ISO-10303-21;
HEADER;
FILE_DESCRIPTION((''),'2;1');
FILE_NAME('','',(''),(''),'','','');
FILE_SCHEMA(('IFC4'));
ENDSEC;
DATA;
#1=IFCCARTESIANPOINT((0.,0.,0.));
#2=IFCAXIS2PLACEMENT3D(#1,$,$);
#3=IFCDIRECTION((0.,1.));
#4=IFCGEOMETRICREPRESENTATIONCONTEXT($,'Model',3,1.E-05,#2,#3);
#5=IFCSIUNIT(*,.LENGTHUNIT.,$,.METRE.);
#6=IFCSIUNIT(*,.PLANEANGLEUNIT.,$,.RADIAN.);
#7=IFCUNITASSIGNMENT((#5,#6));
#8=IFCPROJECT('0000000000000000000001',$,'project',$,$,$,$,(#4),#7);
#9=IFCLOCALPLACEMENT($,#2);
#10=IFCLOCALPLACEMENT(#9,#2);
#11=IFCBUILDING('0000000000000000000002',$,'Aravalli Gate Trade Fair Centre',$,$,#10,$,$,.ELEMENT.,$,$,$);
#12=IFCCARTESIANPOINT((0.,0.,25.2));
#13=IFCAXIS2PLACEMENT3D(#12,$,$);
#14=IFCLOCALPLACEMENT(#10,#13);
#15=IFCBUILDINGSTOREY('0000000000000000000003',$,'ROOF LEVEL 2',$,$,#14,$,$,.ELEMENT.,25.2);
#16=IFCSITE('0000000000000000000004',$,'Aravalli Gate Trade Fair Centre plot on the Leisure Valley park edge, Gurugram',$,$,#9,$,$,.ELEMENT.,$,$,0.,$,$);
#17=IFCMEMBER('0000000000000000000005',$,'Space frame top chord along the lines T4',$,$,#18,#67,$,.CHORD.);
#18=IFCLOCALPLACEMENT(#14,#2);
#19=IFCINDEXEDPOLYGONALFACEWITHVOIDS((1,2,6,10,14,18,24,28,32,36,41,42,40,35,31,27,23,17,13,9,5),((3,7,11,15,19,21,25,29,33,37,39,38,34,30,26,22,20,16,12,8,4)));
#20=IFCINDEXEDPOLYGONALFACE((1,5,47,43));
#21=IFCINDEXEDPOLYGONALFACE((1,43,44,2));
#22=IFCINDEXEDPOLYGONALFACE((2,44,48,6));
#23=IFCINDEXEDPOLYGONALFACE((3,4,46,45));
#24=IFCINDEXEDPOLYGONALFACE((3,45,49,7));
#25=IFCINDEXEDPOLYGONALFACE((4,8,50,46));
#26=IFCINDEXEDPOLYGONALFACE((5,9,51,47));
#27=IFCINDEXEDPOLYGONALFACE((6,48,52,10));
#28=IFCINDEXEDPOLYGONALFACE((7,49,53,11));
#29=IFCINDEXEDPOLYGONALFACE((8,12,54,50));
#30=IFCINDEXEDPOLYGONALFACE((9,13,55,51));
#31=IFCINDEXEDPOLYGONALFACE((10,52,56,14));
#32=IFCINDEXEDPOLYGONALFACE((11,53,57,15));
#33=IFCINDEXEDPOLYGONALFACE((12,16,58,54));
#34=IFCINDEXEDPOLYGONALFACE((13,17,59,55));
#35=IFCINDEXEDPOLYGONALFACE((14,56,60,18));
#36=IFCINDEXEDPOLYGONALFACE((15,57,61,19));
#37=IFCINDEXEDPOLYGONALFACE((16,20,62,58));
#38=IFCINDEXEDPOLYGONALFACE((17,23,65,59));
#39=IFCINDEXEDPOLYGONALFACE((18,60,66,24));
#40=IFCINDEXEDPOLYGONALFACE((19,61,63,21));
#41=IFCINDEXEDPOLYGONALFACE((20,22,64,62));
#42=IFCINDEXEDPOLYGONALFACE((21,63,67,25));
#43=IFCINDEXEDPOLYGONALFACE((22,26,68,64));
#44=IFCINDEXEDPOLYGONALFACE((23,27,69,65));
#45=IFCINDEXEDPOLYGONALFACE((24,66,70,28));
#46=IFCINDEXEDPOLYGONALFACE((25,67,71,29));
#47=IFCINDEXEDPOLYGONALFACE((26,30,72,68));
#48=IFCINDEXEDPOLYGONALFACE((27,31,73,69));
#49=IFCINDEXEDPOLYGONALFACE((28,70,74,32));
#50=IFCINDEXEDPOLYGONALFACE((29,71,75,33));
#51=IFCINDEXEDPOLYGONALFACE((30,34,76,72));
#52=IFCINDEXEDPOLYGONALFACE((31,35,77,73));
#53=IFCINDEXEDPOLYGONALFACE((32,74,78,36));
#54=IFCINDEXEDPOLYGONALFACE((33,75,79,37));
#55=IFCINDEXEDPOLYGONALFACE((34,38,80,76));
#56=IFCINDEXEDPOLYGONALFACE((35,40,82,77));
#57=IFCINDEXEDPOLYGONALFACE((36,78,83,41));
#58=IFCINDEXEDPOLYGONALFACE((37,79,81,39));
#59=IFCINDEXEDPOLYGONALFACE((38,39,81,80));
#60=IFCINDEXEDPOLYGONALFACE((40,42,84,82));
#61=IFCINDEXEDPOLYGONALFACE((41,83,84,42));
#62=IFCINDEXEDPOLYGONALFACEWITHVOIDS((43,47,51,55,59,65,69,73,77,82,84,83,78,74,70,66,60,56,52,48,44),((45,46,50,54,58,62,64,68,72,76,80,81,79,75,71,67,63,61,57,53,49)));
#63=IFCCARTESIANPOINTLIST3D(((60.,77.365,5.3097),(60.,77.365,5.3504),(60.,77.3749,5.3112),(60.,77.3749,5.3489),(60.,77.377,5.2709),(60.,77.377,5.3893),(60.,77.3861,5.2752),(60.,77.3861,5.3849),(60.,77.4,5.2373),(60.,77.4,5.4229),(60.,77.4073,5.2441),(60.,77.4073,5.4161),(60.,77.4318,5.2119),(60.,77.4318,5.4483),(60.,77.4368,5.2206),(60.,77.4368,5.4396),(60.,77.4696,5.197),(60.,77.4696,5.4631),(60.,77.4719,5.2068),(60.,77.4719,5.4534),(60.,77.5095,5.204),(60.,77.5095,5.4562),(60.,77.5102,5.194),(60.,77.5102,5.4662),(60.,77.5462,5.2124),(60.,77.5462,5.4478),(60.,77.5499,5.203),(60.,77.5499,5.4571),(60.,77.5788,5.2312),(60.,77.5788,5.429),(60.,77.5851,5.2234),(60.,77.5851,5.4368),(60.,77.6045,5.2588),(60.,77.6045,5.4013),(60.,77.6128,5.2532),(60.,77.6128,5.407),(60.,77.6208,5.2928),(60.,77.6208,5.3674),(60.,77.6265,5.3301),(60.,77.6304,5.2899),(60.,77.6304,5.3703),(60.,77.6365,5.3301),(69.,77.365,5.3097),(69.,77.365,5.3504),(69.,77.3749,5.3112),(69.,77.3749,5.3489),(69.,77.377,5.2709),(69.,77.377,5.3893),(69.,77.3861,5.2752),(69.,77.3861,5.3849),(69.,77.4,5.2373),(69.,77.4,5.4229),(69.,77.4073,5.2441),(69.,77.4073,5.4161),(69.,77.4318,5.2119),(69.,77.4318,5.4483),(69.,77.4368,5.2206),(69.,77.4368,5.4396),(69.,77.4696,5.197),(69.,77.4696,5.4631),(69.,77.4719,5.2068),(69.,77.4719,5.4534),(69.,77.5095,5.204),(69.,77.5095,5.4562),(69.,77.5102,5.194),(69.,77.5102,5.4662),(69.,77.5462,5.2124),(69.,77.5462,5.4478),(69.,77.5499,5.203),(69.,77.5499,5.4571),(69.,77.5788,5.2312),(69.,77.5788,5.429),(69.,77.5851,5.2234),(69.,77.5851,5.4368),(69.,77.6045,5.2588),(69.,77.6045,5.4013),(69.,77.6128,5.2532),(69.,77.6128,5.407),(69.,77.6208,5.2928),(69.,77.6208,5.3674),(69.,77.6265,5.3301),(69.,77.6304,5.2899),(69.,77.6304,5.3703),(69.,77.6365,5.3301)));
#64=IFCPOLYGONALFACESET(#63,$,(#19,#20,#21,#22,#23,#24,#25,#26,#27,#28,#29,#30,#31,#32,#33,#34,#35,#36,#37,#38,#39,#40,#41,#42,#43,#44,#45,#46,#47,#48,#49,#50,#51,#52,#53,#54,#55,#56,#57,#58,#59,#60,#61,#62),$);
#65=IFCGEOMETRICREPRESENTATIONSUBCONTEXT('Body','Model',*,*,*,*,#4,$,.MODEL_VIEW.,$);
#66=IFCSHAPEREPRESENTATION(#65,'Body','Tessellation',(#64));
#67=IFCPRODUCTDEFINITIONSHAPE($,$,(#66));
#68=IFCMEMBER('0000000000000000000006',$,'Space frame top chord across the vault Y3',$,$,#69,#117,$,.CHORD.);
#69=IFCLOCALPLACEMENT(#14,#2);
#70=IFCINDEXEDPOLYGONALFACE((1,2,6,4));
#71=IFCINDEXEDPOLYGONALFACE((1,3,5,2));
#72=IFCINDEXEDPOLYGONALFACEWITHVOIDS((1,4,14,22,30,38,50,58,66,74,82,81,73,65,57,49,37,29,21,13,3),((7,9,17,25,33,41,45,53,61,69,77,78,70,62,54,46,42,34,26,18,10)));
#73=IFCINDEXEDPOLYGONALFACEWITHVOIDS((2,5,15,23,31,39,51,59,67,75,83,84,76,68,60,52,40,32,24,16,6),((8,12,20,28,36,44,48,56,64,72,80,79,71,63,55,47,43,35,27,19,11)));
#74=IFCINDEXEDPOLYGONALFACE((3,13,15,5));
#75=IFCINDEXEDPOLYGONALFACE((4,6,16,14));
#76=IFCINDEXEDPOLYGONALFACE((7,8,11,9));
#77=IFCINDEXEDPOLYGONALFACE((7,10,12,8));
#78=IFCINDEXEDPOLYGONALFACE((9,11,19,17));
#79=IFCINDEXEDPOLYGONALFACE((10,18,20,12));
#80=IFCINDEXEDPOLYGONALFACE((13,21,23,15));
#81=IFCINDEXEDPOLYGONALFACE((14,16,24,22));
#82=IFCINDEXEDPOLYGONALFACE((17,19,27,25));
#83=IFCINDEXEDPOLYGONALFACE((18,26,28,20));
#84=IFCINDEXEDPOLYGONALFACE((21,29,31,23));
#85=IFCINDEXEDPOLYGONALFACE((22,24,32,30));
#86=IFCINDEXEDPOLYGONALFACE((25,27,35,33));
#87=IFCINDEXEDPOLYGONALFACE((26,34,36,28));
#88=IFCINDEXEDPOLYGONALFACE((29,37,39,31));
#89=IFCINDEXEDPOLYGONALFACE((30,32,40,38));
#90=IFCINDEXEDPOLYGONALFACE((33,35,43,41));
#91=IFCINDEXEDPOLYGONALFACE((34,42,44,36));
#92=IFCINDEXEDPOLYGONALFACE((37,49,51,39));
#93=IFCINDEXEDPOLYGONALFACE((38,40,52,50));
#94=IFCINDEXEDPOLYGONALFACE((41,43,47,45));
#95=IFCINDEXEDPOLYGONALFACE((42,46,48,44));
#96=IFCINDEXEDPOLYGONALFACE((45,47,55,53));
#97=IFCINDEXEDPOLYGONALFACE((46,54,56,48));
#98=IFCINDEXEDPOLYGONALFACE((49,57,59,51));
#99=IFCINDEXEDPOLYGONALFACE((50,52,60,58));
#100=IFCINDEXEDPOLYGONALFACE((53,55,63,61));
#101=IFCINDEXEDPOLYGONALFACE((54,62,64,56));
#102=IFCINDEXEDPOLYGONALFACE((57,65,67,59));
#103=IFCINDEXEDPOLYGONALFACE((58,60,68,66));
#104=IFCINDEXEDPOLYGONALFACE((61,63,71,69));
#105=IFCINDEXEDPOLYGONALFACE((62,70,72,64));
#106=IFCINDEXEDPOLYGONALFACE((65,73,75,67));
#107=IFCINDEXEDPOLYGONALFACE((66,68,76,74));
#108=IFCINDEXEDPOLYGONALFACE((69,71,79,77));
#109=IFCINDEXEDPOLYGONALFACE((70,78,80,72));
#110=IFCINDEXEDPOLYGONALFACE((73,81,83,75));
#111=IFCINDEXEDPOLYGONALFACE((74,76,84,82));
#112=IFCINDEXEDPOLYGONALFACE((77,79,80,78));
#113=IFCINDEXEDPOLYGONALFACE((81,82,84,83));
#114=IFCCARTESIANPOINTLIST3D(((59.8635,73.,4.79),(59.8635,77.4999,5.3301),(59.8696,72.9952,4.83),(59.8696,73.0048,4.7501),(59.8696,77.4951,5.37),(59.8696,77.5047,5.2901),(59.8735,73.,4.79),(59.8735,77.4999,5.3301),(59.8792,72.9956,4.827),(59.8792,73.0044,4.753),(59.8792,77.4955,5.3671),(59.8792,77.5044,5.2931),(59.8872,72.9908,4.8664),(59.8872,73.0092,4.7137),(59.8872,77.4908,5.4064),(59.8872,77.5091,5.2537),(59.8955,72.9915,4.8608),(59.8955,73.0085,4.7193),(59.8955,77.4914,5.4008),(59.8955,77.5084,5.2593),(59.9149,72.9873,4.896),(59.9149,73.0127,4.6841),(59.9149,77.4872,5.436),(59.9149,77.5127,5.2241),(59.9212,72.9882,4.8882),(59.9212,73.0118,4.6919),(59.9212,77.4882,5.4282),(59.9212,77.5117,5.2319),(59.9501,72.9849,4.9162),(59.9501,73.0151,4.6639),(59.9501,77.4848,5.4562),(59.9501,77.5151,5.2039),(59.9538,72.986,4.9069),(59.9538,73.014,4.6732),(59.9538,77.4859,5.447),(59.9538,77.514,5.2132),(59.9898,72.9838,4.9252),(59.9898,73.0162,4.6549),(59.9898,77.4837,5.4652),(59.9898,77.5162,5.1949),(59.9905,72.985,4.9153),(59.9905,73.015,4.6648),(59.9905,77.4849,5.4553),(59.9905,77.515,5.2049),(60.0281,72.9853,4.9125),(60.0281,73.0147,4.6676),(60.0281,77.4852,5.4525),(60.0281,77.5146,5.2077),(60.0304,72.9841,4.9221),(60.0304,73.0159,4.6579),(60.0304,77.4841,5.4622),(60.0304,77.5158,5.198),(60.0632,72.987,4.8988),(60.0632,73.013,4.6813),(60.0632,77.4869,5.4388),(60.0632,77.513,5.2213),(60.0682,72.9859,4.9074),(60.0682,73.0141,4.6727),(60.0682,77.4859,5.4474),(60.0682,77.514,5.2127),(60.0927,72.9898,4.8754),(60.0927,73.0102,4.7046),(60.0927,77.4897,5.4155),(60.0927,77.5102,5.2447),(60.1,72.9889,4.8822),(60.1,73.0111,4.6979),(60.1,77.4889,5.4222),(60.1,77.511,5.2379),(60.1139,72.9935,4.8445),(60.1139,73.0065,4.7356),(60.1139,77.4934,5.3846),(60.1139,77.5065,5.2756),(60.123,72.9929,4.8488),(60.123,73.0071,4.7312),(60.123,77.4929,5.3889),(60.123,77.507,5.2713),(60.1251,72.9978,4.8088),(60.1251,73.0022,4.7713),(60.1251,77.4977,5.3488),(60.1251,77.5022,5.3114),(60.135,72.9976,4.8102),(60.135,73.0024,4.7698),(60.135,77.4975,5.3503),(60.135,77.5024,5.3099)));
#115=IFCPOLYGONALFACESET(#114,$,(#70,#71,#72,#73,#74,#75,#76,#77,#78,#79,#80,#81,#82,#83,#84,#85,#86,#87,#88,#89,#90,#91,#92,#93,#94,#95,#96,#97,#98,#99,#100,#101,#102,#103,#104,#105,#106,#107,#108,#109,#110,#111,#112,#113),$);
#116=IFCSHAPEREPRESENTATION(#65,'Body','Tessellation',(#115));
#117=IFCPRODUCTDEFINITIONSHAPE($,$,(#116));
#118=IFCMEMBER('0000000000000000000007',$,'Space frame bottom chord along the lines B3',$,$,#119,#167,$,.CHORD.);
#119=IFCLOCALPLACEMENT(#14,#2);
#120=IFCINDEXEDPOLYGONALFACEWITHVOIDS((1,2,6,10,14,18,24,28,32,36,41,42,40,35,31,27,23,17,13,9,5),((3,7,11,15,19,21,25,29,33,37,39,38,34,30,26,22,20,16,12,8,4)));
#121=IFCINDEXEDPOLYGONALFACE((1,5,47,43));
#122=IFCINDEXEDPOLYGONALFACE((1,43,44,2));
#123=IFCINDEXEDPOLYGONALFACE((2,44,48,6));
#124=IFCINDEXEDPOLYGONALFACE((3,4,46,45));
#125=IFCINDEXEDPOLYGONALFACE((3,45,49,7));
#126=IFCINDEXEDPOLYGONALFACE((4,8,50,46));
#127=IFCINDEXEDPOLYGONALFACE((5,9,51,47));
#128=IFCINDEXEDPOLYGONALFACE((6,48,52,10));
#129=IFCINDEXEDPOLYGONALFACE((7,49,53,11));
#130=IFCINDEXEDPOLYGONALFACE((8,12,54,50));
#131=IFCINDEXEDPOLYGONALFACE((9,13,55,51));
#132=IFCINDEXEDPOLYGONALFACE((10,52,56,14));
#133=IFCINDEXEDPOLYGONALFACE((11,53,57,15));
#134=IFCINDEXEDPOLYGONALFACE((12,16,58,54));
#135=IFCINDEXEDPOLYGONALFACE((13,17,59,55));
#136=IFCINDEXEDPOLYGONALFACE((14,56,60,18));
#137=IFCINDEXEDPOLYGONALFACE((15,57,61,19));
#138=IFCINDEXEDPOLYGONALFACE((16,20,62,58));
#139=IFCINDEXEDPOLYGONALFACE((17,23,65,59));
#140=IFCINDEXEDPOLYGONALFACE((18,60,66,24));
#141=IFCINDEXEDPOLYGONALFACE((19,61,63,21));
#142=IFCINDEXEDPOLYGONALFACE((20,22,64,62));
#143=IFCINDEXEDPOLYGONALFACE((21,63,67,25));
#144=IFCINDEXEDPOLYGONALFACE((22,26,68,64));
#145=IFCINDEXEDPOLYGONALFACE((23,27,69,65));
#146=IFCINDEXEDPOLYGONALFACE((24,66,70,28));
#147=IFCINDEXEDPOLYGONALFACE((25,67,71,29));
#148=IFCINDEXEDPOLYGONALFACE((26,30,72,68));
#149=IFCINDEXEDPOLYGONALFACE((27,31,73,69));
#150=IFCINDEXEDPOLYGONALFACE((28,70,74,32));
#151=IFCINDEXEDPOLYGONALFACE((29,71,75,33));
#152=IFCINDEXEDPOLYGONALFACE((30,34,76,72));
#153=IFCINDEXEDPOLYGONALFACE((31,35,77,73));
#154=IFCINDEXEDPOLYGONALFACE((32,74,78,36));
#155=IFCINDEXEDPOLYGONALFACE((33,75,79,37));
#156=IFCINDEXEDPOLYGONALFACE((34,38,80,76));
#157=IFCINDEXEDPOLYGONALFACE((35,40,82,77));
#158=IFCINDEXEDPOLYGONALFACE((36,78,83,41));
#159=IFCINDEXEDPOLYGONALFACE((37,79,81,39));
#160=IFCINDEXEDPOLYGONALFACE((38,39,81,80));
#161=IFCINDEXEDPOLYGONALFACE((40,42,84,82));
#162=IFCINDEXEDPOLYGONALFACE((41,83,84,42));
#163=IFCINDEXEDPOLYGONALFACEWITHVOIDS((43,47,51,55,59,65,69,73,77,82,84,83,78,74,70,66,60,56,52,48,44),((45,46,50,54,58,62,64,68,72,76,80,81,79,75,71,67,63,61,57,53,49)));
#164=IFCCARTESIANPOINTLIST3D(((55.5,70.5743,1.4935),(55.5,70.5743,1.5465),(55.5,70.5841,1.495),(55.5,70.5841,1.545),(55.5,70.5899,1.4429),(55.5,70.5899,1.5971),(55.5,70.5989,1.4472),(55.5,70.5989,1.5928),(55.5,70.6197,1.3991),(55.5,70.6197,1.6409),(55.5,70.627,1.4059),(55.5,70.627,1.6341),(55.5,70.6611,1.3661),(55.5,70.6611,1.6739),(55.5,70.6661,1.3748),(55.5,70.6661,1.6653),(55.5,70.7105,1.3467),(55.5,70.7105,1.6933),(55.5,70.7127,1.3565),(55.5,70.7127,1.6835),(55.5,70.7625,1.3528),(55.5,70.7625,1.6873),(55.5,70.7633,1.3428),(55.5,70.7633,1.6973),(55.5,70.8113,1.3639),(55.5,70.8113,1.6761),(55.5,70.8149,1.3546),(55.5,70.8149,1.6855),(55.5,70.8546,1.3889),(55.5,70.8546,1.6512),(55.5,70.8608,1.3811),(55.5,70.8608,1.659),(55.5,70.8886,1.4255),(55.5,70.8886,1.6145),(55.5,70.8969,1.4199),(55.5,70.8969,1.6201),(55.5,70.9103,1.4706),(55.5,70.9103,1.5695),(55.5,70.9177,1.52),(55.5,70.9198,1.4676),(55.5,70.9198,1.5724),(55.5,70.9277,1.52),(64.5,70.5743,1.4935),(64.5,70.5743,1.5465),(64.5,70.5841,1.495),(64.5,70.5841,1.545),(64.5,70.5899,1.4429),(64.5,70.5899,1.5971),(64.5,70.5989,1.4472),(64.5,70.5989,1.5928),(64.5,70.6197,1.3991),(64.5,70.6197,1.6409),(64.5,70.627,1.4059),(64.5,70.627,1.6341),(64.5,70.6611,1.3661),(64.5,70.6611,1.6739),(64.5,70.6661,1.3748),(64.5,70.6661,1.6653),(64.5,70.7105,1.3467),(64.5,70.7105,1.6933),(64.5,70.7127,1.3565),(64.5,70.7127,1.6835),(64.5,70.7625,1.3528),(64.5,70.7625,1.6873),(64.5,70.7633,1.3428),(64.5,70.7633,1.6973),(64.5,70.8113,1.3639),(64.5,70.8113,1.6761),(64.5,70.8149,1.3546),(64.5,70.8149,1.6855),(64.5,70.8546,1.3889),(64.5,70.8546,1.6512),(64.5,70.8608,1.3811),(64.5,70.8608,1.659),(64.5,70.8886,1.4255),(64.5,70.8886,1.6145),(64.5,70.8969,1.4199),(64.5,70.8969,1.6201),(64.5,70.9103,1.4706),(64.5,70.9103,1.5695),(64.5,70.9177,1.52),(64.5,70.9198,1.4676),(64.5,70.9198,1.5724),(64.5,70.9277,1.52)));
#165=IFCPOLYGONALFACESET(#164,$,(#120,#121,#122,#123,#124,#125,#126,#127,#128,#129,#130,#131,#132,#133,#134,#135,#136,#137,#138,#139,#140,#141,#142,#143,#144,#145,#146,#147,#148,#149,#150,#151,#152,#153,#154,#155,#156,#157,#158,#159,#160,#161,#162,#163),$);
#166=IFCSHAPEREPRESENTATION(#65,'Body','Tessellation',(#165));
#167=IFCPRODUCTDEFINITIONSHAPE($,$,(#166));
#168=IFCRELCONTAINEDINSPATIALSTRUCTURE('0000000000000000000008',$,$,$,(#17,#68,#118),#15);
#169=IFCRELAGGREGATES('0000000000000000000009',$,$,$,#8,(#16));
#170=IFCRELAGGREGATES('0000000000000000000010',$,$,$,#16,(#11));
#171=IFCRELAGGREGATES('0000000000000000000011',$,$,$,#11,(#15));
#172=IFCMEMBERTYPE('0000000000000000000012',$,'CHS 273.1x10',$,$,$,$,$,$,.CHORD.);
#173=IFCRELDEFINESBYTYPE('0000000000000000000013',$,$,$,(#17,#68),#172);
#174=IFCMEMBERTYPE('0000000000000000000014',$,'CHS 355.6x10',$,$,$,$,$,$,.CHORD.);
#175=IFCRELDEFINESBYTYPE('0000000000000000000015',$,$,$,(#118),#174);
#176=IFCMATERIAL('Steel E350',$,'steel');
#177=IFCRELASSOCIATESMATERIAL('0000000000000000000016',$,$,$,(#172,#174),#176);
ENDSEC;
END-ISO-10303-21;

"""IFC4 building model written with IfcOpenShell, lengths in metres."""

from ifc_helpers import new_model, si_unit, direction, frame, origin, origin_2d, place, context, subcontext, project, spatial, hollow_circle, extrude, material, material_profile, profile_set, type_object, element, save


model = new_model("IFC4")

# Units and contexts
model_context = context("Model", 3, precision=1e-05, world=origin(), true_north=direction((0.0, 1.0)))
body_context = subcontext(model_context, "Body", "Model", "MODEL_VIEW")
ifc_project = project(units=[si_unit("LENGTHUNIT", "METRE"), si_unit("PLANEANGLEUNIT", "RADIAN")], contexts=[model_context])

# Site, building, storey
site_placement = place(None, origin())
site = spatial("IfcSite", under=ifc_project, at=site_placement, Name="Aravalli Gate Trade Fair Centre plot on the Leisure Valley park edge, Gurugram", CompositionType="ELEMENT", RefElevation=0.0)
building_placement = place(site_placement, origin())
building = spatial("IfcBuilding", under=site, at=building_placement, Name="Aravalli Gate Trade Fair Centre", CompositionType="ELEMENT")
storey_placement = place(building_placement, frame((0.0, 0.0, 25.2)))
storey = spatial("IfcBuildingStorey", under=building, at=storey_placement, Name="ROOF LEVEL 2", CompositionType="ELEMENT", Elevation=25.2)

# Members
ifc_material_1 = material(Name="Steel E350", Category="steel")
ifc_material_profile_1 = material_profile(ifc_material_1, hollow_circle(Radius=0.1365, WallThickness=0.01, at=origin_2d()), Name="CHS 273.1x10")
ifc_profile_set_1 = profile_set([ifc_material_profile_1], Name="Steel E350")
member_type_1 = type_object("IfcMemberType", Name="CHS 273.1x10", PredefinedType="CHORD", material=ifc_profile_set_1)
for number, where, z_axis, x_axis, name in (
    (1, (60.0, 77.5, 5.3301), (1.0, 0.0, 0.0), (0.0, 1.0, 0.0), "Space frame top chord along the lines T4"),
):
    element("IfcMember", number, at=place(storey_placement, frame(where, z_axis=z_axis, x_axis=x_axis)), inside=storey, type_object=member_type_1, Name=name, PredefinedType="CHORD", context=body_context, shape_type="SweptSolid", body=[
        extrude(hollow_circle(Radius=0.1365, WallThickness=0.01, at=origin_2d()), origin(), (0.0, 0.0, 1.0), 9.0),
    ])
member_1_placement = place(storey_placement, frame((60.0, 73.0, 4.79), z_axis=(0.0, 0.992876, 0.119154), x_axis=(-1.0, 0.0, 0.0)))
element("IfcMember", 2, at=member_1_placement, inside=storey, type_object=member_type_1, Name="Space frame top chord across the vault Y3", PredefinedType="CHORD", context=body_context, shape_type="SweptSolid", body=[
    extrude(hollow_circle(Radius=0.1365, WallThickness=0.01, at=origin_2d()), origin(), (0.0, 0.0, 1.0), 4.5322),
])
ifc_material_profile_2 = material_profile(ifc_material_1, hollow_circle(Radius=0.1777, WallThickness=0.01, at=origin_2d()), Name="CHS 355.6x10")
ifc_profile_set_2 = profile_set([ifc_material_profile_2], Name="Steel E350")
member_type_2 = type_object("IfcMemberType", Name="CHS 355.6x10", PredefinedType="CHORD", material=ifc_profile_set_2)
for number, where, z_axis, x_axis, name in (
    (3, (55.5, 70.75, 1.52), (1.0, 0.0, 0.0), (0.0, 1.0, 0.0), "Space frame bottom chord along the lines B3"),
):
    element("IfcMember", number, at=place(storey_placement, frame(where, z_axis=z_axis, x_axis=x_axis)), inside=storey, type_object=member_type_2, Name=name, PredefinedType="CHORD", context=body_context, shape_type="SweptSolid", body=[
        extrude(hollow_circle(Radius=0.1777, WallThickness=0.01, at=origin_2d()), origin(), (0.0, 0.0, 1.0), 9.0),
    ])

save(model, "model.ifc")
